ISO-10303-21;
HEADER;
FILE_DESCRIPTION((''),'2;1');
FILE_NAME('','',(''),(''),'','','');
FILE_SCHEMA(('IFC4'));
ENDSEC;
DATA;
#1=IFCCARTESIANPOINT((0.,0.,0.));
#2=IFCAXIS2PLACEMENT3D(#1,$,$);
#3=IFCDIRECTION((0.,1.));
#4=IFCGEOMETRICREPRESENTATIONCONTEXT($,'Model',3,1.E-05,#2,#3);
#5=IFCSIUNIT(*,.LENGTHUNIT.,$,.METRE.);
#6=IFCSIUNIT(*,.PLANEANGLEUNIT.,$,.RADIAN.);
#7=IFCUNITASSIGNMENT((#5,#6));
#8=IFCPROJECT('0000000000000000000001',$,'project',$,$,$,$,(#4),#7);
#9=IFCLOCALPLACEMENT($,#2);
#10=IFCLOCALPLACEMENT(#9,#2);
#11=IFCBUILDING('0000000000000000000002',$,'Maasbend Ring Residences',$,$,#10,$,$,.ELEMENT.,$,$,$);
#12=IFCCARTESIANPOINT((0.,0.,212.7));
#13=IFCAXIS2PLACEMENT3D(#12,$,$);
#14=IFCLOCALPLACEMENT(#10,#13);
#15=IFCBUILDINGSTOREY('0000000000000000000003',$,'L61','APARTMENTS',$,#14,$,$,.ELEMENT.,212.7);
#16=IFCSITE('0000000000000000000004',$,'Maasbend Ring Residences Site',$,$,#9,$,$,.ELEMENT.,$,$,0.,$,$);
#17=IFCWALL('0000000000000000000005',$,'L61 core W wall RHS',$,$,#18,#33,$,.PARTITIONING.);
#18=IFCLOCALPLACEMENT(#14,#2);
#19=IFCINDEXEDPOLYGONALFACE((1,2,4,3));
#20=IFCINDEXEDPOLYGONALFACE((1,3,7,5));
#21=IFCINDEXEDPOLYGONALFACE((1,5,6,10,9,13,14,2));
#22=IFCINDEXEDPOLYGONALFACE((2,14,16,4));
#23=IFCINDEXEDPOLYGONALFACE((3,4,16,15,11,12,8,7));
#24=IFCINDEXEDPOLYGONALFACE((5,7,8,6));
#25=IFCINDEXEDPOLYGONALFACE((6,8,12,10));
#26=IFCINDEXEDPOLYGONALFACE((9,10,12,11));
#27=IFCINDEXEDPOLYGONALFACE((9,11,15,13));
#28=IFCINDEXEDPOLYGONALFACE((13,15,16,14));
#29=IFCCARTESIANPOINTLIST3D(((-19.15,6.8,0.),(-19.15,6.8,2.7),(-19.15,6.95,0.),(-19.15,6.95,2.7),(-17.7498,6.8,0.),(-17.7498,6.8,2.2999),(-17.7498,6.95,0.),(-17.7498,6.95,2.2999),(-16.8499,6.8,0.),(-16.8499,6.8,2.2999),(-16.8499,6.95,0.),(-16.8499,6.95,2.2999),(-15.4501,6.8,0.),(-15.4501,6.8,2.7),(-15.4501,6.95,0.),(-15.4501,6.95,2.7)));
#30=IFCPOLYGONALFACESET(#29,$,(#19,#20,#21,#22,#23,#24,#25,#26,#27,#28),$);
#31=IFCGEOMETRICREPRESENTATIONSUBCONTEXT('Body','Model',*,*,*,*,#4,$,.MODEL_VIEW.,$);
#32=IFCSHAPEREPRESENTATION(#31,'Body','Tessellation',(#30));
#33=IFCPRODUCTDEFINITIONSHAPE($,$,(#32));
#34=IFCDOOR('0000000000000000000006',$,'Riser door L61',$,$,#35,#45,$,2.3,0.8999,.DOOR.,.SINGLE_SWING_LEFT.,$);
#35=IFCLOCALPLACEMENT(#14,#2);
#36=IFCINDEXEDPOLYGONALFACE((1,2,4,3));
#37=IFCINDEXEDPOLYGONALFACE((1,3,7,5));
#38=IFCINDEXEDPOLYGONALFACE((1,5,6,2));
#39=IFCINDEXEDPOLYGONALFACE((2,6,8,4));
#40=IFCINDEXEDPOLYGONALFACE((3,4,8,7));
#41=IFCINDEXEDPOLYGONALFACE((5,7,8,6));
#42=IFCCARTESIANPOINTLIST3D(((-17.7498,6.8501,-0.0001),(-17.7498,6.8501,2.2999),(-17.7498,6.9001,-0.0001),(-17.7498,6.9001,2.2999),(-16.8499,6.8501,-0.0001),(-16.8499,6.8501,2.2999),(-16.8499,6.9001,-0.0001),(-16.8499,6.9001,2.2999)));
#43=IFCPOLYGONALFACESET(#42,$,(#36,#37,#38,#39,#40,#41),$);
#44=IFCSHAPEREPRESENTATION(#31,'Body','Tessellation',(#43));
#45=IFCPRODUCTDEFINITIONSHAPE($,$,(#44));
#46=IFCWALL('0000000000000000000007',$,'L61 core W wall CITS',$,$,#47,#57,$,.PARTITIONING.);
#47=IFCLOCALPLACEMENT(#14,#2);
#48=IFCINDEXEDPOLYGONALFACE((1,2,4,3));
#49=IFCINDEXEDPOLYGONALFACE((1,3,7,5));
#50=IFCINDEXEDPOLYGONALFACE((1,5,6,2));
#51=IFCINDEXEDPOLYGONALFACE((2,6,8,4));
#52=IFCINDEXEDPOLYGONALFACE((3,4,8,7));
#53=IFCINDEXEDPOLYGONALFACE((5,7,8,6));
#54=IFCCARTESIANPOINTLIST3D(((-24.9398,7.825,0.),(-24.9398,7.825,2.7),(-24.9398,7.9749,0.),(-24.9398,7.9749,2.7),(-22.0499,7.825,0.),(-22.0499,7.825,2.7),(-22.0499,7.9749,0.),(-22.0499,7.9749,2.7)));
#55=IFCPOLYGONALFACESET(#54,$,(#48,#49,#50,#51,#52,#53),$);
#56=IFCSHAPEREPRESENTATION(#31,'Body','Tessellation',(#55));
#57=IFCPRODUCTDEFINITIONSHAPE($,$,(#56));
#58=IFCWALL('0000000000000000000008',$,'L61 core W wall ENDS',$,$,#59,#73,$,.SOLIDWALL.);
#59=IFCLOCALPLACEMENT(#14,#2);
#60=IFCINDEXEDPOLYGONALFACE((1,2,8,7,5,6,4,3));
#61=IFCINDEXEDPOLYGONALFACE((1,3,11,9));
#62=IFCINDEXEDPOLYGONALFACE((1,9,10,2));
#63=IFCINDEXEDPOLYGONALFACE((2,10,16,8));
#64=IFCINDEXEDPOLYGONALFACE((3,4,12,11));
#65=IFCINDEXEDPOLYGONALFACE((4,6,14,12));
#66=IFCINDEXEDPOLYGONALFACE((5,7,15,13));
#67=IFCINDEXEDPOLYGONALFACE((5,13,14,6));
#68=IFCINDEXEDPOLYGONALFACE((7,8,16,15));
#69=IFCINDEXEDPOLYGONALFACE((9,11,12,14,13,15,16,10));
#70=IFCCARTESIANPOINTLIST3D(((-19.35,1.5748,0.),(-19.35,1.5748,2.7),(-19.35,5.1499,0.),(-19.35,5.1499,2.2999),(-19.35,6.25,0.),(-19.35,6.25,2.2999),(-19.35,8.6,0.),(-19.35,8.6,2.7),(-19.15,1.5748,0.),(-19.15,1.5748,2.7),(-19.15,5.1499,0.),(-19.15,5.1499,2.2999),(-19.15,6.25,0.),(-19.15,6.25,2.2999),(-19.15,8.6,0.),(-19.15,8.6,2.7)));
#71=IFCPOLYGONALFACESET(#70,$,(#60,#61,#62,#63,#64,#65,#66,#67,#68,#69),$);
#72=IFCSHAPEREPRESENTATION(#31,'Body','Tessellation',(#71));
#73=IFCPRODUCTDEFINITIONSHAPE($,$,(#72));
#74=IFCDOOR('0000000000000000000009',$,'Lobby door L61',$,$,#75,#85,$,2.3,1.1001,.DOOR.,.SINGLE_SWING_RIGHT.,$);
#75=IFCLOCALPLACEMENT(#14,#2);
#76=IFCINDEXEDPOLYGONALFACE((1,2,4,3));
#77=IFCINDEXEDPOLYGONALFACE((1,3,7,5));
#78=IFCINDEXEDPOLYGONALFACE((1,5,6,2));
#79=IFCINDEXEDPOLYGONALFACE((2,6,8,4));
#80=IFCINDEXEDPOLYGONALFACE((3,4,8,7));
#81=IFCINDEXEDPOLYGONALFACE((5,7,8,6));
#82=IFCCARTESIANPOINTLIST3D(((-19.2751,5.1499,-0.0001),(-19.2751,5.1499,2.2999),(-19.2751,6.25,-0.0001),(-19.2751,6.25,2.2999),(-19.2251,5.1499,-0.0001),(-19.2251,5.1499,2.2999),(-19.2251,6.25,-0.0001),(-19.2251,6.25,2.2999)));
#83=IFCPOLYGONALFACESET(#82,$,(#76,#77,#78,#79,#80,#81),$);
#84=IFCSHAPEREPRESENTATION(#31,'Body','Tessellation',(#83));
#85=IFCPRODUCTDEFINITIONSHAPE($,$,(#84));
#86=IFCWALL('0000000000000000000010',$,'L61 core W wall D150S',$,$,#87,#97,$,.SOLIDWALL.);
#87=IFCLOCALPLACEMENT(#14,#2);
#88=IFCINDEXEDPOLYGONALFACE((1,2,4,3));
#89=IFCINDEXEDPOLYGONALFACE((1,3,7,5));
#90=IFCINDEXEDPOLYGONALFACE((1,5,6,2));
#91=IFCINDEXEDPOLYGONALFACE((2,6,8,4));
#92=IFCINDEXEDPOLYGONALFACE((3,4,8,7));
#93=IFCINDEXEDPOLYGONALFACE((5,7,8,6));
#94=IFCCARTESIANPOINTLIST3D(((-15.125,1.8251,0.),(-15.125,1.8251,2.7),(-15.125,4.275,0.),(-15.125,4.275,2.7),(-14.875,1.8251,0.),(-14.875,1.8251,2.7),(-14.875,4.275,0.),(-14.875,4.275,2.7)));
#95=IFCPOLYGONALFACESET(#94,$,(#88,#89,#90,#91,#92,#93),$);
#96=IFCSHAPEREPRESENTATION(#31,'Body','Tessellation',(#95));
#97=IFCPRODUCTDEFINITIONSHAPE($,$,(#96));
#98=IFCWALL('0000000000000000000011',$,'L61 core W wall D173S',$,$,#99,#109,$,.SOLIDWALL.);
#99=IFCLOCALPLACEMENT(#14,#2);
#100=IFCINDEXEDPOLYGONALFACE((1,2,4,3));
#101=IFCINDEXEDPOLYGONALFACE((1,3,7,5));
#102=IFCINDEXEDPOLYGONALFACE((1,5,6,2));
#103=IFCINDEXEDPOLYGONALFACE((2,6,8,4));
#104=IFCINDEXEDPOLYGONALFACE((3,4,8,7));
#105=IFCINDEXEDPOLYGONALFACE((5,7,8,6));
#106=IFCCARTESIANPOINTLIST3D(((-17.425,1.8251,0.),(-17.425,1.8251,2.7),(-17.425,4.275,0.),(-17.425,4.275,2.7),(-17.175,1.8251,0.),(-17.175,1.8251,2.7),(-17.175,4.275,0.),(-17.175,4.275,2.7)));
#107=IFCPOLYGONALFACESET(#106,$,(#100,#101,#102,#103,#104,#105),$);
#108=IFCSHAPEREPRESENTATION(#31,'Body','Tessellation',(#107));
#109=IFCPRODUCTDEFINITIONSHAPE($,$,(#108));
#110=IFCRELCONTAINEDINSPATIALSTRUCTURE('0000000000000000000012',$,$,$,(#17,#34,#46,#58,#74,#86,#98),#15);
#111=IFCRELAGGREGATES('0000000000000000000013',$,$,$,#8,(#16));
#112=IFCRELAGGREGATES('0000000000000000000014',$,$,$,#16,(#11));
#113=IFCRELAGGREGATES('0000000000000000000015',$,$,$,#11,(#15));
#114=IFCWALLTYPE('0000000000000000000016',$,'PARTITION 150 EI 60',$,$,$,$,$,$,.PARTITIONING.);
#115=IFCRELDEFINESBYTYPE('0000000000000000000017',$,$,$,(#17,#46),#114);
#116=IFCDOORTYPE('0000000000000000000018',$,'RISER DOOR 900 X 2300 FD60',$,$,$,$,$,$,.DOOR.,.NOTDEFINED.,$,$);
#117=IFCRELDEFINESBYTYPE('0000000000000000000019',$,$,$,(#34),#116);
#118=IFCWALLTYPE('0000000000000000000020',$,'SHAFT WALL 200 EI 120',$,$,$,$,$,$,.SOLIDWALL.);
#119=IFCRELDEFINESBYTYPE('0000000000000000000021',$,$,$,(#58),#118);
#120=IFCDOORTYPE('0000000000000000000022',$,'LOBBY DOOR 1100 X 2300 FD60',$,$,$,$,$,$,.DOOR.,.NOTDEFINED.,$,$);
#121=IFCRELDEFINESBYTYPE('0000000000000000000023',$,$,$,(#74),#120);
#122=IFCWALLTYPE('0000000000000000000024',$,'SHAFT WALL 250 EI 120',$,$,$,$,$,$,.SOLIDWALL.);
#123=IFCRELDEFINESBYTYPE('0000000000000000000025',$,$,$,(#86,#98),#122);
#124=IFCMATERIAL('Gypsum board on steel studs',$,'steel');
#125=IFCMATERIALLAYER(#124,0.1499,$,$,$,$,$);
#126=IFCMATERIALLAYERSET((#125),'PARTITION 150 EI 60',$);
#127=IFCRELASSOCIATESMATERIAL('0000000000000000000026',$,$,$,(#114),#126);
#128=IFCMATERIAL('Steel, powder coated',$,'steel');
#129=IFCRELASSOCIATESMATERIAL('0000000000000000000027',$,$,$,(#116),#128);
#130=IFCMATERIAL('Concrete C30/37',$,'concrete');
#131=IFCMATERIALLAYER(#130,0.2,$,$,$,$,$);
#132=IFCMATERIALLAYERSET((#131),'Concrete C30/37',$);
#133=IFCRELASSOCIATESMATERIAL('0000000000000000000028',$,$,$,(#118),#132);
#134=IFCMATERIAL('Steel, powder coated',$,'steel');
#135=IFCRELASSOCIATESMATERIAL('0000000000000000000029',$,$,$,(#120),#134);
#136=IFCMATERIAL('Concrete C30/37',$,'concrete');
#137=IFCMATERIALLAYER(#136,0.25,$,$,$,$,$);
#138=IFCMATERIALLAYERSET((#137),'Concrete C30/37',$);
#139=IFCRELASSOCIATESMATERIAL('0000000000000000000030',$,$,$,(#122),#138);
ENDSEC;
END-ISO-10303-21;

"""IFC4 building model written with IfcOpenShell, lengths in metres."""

from ifc_helpers import new_model, si_unit, direction, frame, frame_2d, origin, place, context, subcontext, project, spatial, rectangle, extrude, material, layer, layer_set, type_object, element, fill, save


model = new_model("IFC4")

# Units and contexts
model_context = context("Model", 3, precision=1e-05, world=origin(), true_north=direction((0.0, 1.0)))
body_context = subcontext(model_context, "Body", "Model", "MODEL_VIEW")
ifc_project = project(units=[si_unit("LENGTHUNIT", "METRE"), si_unit("PLANEANGLEUNIT", "RADIAN")], contexts=[model_context])

# Site, building, storey
site_placement = place(None, origin())
site = spatial("IfcSite", under=ifc_project, at=site_placement, Name="Maasbend Ring Residences Site", CompositionType="ELEMENT", RefElevation=0.0)
building_placement = place(site_placement, origin())
building = spatial("IfcBuilding", under=site, at=building_placement, Name="Maasbend Ring Residences", CompositionType="ELEMENT")
storey_placement = place(building_placement, frame((0.0, 0.0, 212.7)))
storey = spatial("IfcBuildingStorey", under=building, at=storey_placement, Name="L61", Description="APARTMENTS", CompositionType="ELEMENT", Elevation=212.7)

# Wall, opening, door
ifc_material_1 = material(Name="Gypsum board on steel studs", Category="steel")
ifc_layer_1 = layer(ifc_material_1, 0.1499)
ifc_layer_set_1 = layer_set([ifc_layer_1], Name="PARTITION 150 EI 60")
wall_type_1 = type_object("IfcWallType", Name="PARTITION 150 EI 60", PredefinedType="PARTITIONING", material=ifc_layer_set_1)
wall_1_placement = place(storey_placement, frame((-15.45, 6.875, 0.0), z_axis=(0.0, 0.0, 1.0), x_axis=(-1.0, 0.0, 0.0)))
wall_1 = element("IfcWall", 1, at=wall_1_placement, inside=storey, type_object=wall_type_1, Name="L61 core W wall RHS", PredefinedType="PARTITIONING", context=body_context, shape_type="SweptSolid", body=[
    extrude(rectangle(XDim=3.7, YDim=0.1499, at=frame_2d((1.8501, 0.0))), origin(), (0.0, 0.0, 1.0), 2.7),
])
opening_1_placement = place(wall_1_placement, frame((1.3999, 0.0, 0.0)))
opening_1 = element("IfcOpeningElement", 2, at=opening_1_placement, cuts=wall_1, PredefinedType="OPENING", context=body_context, shape_type="SweptSolid", body=[
    extrude(rectangle(XDim=0.8999, YDim=2.3, at=frame_2d((0.45, 1.1499))), frame((0.0, 0.085, 0.0), z_axis=(0.0, -1.0, 0.0), x_axis=(1.0, 0.0, 0.0)), (0.0, 0.0, 1.0), 0.1699),
])
ifc_material_2 = material(Name="Steel, powder coated", Category="steel")
door_type_1 = type_object("IfcDoorType", Name="RISER DOOR 900 X 2300 FD60", OperationType="NOTDEFINED", PredefinedType="DOOR", material=ifc_material_2)
door_1_placement = place(opening_1_placement, origin())
door_1 = element("IfcDoor", 3, at=door_1_placement, inside=storey, type_object=door_type_1, Name="Riser door L61", OperationType="SINGLE_SWING_LEFT", OverallHeight=2.3, OverallWidth=0.8999, PredefinedType="DOOR", context=body_context, shape_type="SweptSolid", body=[
    extrude(rectangle(XDim=0.8999, YDim=2.3, at=frame_2d((0.45, 1.1499))), frame((0.0, 0.0249, 0.0), z_axis=(0.0, -1.0, 0.0), x_axis=(1.0, 0.0, 0.0)), (0.0, 0.0, 1.0), 0.05),
])
fill(opening_1, door_1)

# Wall
wall_2_placement = place(storey_placement, frame((-22.05, 7.8999, 0.0), z_axis=(0.0, 0.0, 1.0), x_axis=(-1.0, 0.0, 0.0)))
element("IfcWall", 4, at=wall_2_placement, inside=storey, type_object=wall_type_1, Name="L61 core W wall CITS", PredefinedType="PARTITIONING", context=body_context, shape_type="SweptSolid", body=[
    extrude(rectangle(XDim=2.8899, YDim=0.1499, at=frame_2d((1.4448, 0.0))), origin(), (0.0, 0.0, 1.0), 2.7),
])

# Wall, opening, door
ifc_material_3 = material(Name="Concrete C30/37", Category="concrete")
ifc_layer_2 = layer(ifc_material_3, 0.2)
ifc_layer_set_2 = layer_set([ifc_layer_2], Name="Concrete C30/37")
wall_type_2 = type_object("IfcWallType", Name="SHAFT WALL 200 EI 120", PredefinedType="SOLIDWALL", material=ifc_layer_set_2)
wall_3_placement = place(storey_placement, frame((-19.25, 8.6001, 0.0), z_axis=(0.0, 0.0, 1.0), x_axis=(0.0, -1.0, 0.0)))
wall_3 = element("IfcWall", 5, at=wall_3_placement, inside=storey, type_object=wall_type_2, Name="L61 core W wall ENDS", PredefinedType="SOLIDWALL", context=body_context, shape_type="SweptSolid", body=[
    extrude(rectangle(XDim=7.0251, YDim=0.2, at=frame_2d((3.5127, 0.0))), origin(), (0.0, 0.0, 1.0), 2.7),
])
opening_2_placement = place(wall_3_placement, frame((2.3501, 0.0, 0.0)))
opening_2 = element("IfcOpeningElement", 6, at=opening_2_placement, cuts=wall_3, PredefinedType="OPENING", context=body_context, shape_type="SweptSolid", body=[
    extrude(rectangle(XDim=1.1001, YDim=2.3, at=frame_2d((0.55, 1.1499))), frame((0.0, 0.1099, 0.0), z_axis=(0.0, -1.0, 0.0), x_axis=(1.0, 0.0, 0.0)), (0.0, 0.0, 1.0), 0.22),
])
ifc_material_4 = material(Name="Steel, powder coated", Category="steel")
door_type_2 = type_object("IfcDoorType", Name="LOBBY DOOR 1100 X 2300 FD60", OperationType="NOTDEFINED", PredefinedType="DOOR", material=ifc_material_4)
door_2_placement = place(opening_2_placement, origin())
door_2 = element("IfcDoor", 7, at=door_2_placement, inside=storey, type_object=door_type_2, Name="Lobby door L61", OperationType="SINGLE_SWING_RIGHT", OverallHeight=2.3, OverallWidth=1.1001, PredefinedType="DOOR", context=body_context, shape_type="SweptSolid", body=[
    extrude(rectangle(XDim=1.1001, YDim=2.3, at=frame_2d((0.55, 1.1499))), frame((0.0, 0.0249, 0.0), z_axis=(0.0, -1.0, 0.0), x_axis=(1.0, 0.0, 0.0)), (0.0, 0.0, 1.0), 0.05),
])
fill(opening_2, door_2)

# Walls
ifc_material_5 = material(Name="Concrete C30/37", Category="concrete")
ifc_layer_3 = layer(ifc_material_5, 0.25)
ifc_layer_set_3 = layer_set([ifc_layer_3], Name="Concrete C30/37")
wall_type_3 = type_object("IfcWallType", Name="SHAFT WALL 250 EI 120", PredefinedType="SOLIDWALL", material=ifc_layer_set_3)
for number, where, z_axis, x_axis, name in (
    (8, (-15.0, 1.825, 0.0), (0.0, 0.0, 1.0), (0.0, 1.0, 0.0), "L61 core W wall D150S"),
    (9, (-17.3, 1.825, 0.0), (0.0, 0.0, 1.0), (0.0, 1.0, 0.0), "L61 core W wall D173S"),
):
    element("IfcWall", number, at=place(storey_placement, frame(where, z_axis=z_axis, x_axis=x_axis)), inside=storey, type_object=wall_type_3, Name=name, PredefinedType="SOLIDWALL", context=body_context, shape_type="SweptSolid", body=[
        extrude(rectangle(XDim=2.45, YDim=0.25, at=frame_2d((1.2251, 0.0))), origin(), (0.0, 0.0, 1.0), 2.7),
    ])

save(model, "model.ifc")
